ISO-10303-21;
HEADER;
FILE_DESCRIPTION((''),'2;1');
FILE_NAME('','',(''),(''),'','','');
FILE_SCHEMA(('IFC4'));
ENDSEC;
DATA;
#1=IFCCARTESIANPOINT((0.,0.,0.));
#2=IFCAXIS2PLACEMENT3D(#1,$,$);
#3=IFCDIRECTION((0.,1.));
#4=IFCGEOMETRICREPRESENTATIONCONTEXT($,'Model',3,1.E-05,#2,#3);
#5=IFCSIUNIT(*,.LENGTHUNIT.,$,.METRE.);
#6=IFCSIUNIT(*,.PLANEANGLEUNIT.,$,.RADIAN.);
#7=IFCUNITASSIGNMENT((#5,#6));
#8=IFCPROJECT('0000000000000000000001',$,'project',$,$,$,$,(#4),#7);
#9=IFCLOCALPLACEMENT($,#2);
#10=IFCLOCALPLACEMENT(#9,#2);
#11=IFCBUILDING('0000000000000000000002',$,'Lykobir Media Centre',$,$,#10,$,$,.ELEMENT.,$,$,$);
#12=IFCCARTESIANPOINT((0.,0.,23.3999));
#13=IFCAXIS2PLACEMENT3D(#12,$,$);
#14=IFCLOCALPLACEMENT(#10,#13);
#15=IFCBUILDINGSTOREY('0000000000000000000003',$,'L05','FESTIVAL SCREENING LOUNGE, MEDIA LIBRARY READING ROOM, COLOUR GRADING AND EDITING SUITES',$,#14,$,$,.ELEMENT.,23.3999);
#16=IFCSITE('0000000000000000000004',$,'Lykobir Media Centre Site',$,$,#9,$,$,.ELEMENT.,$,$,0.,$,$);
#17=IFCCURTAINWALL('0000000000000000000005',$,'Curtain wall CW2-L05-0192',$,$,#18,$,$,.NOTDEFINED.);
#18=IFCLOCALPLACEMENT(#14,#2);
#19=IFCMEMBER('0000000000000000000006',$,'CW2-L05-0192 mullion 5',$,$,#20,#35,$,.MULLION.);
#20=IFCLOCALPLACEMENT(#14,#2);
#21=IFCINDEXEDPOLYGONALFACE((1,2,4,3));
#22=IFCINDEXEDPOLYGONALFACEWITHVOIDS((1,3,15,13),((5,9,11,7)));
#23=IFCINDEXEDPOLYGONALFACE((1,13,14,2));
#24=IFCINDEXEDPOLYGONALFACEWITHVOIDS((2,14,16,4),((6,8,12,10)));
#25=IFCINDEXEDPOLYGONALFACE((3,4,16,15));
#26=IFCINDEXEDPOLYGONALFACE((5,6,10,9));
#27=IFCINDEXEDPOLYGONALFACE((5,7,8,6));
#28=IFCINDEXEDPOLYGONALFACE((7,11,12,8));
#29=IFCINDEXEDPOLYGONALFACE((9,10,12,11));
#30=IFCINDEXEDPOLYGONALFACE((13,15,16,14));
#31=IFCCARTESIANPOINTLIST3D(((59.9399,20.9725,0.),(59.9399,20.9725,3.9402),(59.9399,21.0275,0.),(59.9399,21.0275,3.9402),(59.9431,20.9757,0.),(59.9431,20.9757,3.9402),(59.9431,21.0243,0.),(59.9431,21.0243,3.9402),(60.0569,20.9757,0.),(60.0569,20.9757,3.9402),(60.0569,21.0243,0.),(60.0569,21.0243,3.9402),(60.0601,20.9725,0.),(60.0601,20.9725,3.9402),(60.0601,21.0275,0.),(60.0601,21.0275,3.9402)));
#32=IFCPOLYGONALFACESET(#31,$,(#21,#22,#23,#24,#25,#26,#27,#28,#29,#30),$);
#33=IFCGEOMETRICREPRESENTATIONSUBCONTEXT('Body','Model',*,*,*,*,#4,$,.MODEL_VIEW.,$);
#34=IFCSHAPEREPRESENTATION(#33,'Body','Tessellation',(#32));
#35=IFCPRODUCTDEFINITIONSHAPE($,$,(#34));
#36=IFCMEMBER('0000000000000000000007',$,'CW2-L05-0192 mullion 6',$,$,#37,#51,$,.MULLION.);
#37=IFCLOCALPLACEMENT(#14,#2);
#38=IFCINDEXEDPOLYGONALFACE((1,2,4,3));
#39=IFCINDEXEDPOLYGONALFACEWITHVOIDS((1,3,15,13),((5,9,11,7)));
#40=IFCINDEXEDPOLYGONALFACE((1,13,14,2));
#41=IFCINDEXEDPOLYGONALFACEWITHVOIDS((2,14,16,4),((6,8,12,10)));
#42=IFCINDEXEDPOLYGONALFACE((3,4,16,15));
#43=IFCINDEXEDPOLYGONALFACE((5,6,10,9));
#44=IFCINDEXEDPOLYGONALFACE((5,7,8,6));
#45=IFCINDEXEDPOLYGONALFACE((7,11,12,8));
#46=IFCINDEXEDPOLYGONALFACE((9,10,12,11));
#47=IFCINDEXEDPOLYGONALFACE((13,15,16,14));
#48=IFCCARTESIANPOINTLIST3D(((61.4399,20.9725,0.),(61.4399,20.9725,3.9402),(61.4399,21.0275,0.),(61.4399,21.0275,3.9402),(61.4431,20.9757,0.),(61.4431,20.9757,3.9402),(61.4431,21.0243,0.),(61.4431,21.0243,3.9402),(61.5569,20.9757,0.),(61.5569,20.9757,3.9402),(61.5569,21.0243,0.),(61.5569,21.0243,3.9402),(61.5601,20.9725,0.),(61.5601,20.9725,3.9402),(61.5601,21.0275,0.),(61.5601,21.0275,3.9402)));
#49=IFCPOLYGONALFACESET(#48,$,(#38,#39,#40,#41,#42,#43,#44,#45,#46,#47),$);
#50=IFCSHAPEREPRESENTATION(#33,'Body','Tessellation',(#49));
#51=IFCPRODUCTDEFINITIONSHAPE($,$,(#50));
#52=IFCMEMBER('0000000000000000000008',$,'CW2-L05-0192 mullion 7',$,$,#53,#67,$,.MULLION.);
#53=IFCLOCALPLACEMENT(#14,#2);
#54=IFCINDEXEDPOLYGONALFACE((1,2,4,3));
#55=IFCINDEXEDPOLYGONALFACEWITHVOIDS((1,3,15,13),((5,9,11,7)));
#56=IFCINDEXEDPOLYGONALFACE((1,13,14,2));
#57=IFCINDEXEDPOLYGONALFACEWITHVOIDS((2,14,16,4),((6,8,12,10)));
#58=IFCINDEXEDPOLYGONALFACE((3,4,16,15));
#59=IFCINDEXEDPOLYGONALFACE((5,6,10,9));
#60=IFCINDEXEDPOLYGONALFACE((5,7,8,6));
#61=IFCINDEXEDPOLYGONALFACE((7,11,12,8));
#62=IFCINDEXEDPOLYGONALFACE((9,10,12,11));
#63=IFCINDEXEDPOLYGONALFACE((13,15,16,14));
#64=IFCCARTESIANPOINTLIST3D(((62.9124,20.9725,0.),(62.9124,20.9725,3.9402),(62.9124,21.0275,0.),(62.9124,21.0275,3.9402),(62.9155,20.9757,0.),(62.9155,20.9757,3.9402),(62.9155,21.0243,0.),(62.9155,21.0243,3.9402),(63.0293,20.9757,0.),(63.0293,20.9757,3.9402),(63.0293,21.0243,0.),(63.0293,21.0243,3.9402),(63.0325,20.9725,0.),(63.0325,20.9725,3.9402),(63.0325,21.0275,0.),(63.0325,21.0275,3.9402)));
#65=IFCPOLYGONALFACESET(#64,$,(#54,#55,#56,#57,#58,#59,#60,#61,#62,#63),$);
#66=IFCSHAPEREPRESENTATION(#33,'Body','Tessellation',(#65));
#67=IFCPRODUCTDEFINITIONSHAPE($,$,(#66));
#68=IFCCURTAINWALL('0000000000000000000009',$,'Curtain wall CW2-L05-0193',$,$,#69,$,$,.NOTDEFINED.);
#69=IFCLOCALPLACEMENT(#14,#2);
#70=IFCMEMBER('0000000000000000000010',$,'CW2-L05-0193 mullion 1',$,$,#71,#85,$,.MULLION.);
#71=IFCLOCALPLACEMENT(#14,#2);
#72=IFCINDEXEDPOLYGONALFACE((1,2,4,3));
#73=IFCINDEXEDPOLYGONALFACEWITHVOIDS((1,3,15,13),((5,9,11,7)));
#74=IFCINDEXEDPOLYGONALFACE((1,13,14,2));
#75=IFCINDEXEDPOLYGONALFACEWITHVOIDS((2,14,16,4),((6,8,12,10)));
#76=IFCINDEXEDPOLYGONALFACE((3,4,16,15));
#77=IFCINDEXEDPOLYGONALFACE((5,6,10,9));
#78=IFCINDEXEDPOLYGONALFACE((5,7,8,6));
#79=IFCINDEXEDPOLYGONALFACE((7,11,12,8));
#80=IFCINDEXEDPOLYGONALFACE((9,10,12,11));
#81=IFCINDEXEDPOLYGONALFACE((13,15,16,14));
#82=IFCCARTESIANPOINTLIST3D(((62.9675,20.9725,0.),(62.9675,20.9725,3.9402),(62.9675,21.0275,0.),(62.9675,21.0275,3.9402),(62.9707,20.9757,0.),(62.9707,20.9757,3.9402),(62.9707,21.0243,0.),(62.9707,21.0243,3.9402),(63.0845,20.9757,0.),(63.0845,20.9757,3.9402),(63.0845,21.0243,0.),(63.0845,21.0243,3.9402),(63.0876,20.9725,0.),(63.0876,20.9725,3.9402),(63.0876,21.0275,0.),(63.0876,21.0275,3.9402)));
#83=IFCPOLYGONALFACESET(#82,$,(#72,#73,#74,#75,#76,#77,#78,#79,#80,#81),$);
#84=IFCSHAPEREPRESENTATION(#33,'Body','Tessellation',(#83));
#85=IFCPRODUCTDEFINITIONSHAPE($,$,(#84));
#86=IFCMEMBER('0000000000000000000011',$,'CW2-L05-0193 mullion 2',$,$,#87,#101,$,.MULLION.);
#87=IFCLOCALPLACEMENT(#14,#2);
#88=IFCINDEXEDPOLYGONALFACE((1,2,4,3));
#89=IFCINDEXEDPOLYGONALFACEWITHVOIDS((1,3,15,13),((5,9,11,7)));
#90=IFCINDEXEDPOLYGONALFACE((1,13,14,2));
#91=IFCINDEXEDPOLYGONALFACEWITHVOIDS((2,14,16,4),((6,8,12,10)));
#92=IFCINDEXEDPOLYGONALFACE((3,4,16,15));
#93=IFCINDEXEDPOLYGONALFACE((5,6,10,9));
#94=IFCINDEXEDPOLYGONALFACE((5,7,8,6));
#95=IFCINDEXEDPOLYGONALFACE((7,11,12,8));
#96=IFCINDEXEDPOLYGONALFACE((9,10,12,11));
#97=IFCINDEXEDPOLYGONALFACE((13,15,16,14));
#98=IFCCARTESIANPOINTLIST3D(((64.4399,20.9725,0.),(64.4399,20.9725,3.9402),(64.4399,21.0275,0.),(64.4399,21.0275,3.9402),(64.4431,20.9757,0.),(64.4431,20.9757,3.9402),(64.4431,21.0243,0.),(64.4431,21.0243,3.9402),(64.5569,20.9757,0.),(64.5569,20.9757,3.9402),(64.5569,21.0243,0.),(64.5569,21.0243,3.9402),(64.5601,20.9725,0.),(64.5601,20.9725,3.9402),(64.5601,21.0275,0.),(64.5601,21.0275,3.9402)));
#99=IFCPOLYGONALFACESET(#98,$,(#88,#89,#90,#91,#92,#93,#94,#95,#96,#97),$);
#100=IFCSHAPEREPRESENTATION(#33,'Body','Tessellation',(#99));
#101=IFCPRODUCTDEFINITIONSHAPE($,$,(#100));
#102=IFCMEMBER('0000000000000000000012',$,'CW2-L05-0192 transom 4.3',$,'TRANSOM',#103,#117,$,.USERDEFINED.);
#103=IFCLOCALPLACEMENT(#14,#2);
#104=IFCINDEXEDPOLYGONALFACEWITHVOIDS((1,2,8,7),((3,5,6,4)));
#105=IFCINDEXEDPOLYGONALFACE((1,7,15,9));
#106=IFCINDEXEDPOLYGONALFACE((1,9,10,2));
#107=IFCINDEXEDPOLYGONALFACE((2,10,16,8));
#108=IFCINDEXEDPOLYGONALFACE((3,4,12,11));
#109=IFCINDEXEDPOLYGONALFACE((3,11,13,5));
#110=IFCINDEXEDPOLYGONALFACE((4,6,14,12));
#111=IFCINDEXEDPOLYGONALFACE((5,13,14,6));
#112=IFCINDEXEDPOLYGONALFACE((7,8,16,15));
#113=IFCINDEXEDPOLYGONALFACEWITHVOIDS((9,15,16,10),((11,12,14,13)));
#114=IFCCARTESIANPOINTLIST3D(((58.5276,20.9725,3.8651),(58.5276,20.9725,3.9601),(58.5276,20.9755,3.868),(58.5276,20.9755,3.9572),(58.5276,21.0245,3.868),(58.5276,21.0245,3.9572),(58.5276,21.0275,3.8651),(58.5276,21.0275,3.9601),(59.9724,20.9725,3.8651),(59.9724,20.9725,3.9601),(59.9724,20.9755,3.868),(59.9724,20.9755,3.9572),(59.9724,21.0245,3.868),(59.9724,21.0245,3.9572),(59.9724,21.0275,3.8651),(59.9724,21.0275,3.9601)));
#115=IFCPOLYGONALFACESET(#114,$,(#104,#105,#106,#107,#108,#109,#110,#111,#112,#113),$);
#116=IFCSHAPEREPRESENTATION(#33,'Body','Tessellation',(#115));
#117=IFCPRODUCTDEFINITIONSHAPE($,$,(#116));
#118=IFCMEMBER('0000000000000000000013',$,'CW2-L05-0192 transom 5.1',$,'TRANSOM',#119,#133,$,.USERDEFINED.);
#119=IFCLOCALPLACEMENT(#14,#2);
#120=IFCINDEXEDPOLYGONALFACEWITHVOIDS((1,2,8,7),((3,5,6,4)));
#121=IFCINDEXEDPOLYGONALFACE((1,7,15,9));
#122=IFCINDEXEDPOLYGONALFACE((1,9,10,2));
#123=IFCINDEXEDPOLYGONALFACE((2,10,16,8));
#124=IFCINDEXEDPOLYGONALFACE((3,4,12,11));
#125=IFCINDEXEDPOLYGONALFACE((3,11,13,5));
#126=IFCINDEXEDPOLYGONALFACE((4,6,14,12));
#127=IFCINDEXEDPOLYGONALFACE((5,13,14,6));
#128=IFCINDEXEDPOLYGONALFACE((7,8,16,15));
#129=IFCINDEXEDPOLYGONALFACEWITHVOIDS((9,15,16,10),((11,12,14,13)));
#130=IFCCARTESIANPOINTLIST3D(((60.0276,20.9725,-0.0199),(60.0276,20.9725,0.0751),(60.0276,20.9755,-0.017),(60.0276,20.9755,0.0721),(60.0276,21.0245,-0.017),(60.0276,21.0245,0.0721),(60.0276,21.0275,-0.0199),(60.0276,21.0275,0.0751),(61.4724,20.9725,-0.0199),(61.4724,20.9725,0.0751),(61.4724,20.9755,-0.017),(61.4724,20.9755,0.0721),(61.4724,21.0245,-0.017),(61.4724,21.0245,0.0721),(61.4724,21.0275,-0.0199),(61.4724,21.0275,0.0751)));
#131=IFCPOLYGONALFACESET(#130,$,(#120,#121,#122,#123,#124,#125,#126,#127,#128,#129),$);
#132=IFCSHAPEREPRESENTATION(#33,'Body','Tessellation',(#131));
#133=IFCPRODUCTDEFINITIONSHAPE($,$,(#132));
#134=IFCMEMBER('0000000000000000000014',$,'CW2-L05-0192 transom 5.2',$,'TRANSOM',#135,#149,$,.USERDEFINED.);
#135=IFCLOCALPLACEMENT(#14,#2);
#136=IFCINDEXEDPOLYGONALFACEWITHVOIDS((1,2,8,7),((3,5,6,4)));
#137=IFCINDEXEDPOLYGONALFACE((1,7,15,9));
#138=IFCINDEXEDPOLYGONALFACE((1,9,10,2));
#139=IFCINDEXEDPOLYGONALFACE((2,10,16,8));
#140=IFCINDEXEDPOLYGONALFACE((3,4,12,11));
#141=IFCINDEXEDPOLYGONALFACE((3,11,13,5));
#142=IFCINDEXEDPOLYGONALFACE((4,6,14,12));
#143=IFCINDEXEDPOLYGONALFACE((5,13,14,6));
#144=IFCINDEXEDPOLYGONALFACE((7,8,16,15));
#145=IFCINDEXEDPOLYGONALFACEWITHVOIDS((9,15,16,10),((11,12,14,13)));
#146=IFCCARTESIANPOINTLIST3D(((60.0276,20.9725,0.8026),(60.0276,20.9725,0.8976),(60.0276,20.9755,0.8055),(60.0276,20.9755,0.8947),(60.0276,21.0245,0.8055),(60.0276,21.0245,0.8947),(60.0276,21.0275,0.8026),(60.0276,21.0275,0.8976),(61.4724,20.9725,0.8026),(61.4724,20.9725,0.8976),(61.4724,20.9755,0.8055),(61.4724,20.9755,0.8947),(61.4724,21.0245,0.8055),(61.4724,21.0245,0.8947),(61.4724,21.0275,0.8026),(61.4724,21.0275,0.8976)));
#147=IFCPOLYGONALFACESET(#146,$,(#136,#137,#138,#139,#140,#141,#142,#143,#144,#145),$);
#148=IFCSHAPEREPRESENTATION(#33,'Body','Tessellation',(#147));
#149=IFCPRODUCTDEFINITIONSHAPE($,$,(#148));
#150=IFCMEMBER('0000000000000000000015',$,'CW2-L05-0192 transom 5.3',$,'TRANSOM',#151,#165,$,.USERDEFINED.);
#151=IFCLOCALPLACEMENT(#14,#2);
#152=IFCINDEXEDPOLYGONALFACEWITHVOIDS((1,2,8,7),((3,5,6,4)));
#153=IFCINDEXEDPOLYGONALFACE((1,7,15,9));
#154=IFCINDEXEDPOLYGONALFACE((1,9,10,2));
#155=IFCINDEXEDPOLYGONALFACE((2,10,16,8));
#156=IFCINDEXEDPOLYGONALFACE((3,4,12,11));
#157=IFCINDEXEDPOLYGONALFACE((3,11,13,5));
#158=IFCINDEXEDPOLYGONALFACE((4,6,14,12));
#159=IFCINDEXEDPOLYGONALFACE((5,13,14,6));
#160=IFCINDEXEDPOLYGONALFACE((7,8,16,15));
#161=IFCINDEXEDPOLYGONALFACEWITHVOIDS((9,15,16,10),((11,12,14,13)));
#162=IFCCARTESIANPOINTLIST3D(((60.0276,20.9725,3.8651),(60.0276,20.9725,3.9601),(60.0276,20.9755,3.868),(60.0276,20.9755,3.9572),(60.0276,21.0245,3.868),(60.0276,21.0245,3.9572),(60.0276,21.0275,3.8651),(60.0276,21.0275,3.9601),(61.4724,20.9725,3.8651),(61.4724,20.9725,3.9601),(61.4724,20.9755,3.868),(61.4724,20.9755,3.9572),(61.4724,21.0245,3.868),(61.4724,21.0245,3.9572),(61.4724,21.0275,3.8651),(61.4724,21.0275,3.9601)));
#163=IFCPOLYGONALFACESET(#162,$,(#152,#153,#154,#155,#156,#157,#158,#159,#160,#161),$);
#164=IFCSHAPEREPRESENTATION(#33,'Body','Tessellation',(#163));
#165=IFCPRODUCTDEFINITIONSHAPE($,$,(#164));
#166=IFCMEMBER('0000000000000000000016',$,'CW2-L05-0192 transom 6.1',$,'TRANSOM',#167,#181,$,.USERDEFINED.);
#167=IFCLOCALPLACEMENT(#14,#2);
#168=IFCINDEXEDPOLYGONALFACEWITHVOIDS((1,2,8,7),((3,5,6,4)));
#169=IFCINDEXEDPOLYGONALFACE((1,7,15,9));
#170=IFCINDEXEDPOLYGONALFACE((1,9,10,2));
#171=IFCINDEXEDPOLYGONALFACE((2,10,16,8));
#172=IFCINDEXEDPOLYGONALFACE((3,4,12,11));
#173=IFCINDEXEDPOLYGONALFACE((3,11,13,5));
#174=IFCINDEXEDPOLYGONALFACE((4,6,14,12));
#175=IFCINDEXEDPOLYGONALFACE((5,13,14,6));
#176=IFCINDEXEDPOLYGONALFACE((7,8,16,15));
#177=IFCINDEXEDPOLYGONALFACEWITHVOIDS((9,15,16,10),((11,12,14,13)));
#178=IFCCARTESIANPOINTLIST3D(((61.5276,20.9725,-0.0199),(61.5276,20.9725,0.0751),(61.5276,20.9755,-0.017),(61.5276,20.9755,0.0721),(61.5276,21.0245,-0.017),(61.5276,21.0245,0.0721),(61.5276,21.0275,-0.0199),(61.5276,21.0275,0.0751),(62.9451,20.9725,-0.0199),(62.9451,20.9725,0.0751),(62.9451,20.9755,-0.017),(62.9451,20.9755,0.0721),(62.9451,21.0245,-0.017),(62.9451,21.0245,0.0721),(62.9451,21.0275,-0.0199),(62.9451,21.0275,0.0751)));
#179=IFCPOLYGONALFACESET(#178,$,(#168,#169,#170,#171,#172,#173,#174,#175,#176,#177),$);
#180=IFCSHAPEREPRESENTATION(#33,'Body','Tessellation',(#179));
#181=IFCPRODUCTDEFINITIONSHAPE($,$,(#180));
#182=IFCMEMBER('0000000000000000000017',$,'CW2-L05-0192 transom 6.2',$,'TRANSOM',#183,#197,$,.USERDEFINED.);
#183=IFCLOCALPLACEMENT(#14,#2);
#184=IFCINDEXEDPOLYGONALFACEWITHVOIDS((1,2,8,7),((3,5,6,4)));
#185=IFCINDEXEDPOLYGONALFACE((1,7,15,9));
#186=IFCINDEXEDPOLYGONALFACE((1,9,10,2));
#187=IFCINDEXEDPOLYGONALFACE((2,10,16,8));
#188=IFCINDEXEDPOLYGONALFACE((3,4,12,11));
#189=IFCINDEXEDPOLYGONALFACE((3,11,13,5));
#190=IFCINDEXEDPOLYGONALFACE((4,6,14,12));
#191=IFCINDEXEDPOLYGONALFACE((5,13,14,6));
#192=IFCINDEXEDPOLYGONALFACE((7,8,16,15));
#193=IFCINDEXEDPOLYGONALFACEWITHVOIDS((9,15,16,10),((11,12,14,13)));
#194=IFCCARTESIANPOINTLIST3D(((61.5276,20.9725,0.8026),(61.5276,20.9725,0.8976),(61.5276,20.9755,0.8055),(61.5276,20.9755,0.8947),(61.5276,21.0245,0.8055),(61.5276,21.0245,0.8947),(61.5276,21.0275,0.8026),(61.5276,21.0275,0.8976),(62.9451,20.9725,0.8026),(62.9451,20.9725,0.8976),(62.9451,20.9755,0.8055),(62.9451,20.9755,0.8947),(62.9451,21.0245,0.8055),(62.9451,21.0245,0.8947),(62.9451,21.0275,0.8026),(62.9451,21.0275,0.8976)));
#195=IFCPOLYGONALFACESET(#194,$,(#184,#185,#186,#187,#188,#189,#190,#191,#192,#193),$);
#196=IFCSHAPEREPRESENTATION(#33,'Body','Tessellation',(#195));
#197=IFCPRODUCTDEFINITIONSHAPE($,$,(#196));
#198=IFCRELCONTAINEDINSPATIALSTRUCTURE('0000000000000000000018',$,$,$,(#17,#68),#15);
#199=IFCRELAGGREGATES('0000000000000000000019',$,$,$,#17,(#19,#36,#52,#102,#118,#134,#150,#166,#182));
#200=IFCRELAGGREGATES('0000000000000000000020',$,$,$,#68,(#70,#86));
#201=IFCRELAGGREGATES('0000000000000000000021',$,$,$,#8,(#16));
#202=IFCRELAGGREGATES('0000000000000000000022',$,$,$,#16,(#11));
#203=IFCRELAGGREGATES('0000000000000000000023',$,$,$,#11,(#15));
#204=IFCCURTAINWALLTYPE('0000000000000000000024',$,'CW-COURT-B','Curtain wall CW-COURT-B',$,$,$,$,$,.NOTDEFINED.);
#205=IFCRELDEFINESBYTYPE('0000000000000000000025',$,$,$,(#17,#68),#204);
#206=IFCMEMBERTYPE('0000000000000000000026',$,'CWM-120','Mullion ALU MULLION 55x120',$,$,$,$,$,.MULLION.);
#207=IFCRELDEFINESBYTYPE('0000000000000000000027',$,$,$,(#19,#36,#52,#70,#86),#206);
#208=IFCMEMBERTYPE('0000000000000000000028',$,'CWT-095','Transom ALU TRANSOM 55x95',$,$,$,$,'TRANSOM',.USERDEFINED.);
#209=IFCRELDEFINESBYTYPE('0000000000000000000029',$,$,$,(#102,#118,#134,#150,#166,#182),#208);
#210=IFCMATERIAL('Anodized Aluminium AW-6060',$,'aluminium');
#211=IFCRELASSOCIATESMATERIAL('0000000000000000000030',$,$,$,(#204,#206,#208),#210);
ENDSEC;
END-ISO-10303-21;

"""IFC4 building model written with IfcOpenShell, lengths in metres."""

from ifc_helpers import new_model, si_unit, direction, frame, origin, origin_2d, place, context, subcontext, project, spatial, hollow_rectangle, extrude, material, material_profile, profile_set, type_object, element, aggregate, save


model = new_model("IFC4")

# Units and contexts
model_context = context("Model", 3, precision=1e-05, world=origin(), true_north=direction((0.0, 1.0)))
body_context = subcontext(model_context, "Body", "Model", "MODEL_VIEW")
ifc_project = project(units=[si_unit("LENGTHUNIT", "METRE"), si_unit("PLANEANGLEUNIT", "RADIAN")], contexts=[model_context])

# Site, building, storey
site_placement = place(None, origin())
site = spatial("IfcSite", under=ifc_project, at=site_placement, Name="Lykobir Media Centre Site", CompositionType="ELEMENT", RefElevation=0.0)
building_placement = place(site_placement, origin())
building = spatial("IfcBuilding", under=site, at=building_placement, Name="Lykobir Media Centre", CompositionType="ELEMENT")
storey_placement = place(building_placement, frame((0.0, 0.0, 23.3999)))
storey = spatial("IfcBuildingStorey", under=building, at=storey_placement, Name="L05", Description="FESTIVAL SCREENING LOUNGE, MEDIA LIBRARY READING ROOM, COLOUR GRADING AND EDITING SUITES", CompositionType="ELEMENT", Elevation=23.3999)

# Curtain walls, members
ifc_material_1 = material(Name="Anodized Aluminium AW-6060", Category="aluminium")
curtain_wall_type = type_object("IfcCurtainWallType", Name="CW-COURT-B", Description="Curtain wall CW-COURT-B", PredefinedType="NOTDEFINED", material=ifc_material_1)
curtain_wall_1_placement = place(storey_placement, origin())
curtain_wall_1 = element("IfcCurtainWall", 1, at=curtain_wall_1_placement, inside=storey, type_object=curtain_wall_type, Name="Curtain wall CW2-L05-0192", PredefinedType="NOTDEFINED")
ifc_material_profile_1 = material_profile(ifc_material_1, hollow_rectangle(XDim=0.0549, YDim=0.1201, WallThickness=0.0032, at=origin_2d()), Name="ALU MULLION 55x120")
ifc_profile_set_1 = profile_set([ifc_material_profile_1], Name="Anodized Aluminium AW-6060")
member_type_1 = type_object("IfcMemberType", Name="CWM-120", Description="Mullion ALU MULLION 55x120", PredefinedType="MULLION", material=ifc_profile_set_1)
member_1_placement = place(storey_placement, frame((60.0, 21.0, 0.0), z_axis=(0.0, 0.0, 1.0), x_axis=(0.0, 1.0, 0.0)))
member_1 = element("IfcMember", 2, at=member_1_placement, type_object=member_type_1, Name="CW2-L05-0192 mullion 5", PredefinedType="MULLION", context=body_context, shape_type="SweptSolid", body=[
    extrude(hollow_rectangle(XDim=0.0549, YDim=0.1201, WallThickness=0.0032, at=origin_2d()), origin(), (0.0, 0.0, 1.0), 3.9402),
])
member_2_placement = place(storey_placement, frame((61.5, 21.0, 0.0), z_axis=(0.0, 0.0, 1.0), x_axis=(0.0, 1.0, 0.0)))
member_2 = element("IfcMember", 3, at=member_2_placement, type_object=member_type_1, Name="CW2-L05-0192 mullion 6", PredefinedType="MULLION", context=body_context, shape_type="SweptSolid", body=[
    extrude(hollow_rectangle(XDim=0.0549, YDim=0.1201, WallThickness=0.0032, at=origin_2d()), origin(), (0.0, 0.0, 1.0), 3.9402),
])
member_3_placement = place(storey_placement, frame((62.9724, 21.0, 0.0), z_axis=(0.0, 0.0, 1.0), x_axis=(0.0, 1.0, 0.0)))
member_3 = element("IfcMember", 4, at=member_3_placement, type_object=member_type_1, Name="CW2-L05-0192 mullion 7", PredefinedType="MULLION", context=body_context, shape_type="SweptSolid", body=[
    extrude(hollow_rectangle(XDim=0.0549, YDim=0.1201, WallThickness=0.0032, at=origin_2d()), origin(), (0.0, 0.0, 1.0), 3.9402),
])
curtain_wall_2_placement = place(storey_placement, origin())
curtain_wall_2 = element("IfcCurtainWall", 5, at=curtain_wall_2_placement, inside=storey, type_object=curtain_wall_type, Name="Curtain wall CW2-L05-0193", PredefinedType="NOTDEFINED")
member_4_placement = place(storey_placement, frame((63.0276, 21.0, 0.0), z_axis=(0.0, 0.0, 1.0), x_axis=(0.0, 1.0, 0.0)))
member_4 = element("IfcMember", 6, at=member_4_placement, type_object=member_type_1, Name="CW2-L05-0193 mullion 1", PredefinedType="MULLION", context=body_context, shape_type="SweptSolid", body=[
    extrude(hollow_rectangle(XDim=0.0549, YDim=0.1201, WallThickness=0.0032, at=origin_2d()), origin(), (0.0, 0.0, 1.0), 3.9402),
])
member_5_placement = place(storey_placement, frame((64.5, 21.0, 0.0), z_axis=(0.0, 0.0, 1.0), x_axis=(0.0, 1.0, 0.0)))
member_5 = element("IfcMember", 7, at=member_5_placement, type_object=member_type_1, Name="CW2-L05-0193 mullion 2", PredefinedType="MULLION", context=body_context, shape_type="SweptSolid", body=[
    extrude(hollow_rectangle(XDim=0.0549, YDim=0.1201, WallThickness=0.0032, at=origin_2d()), origin(), (0.0, 0.0, 1.0), 3.9402),
])

# Members
ifc_material_profile_2 = material_profile(ifc_material_1, hollow_rectangle(XDim=0.0549, YDim=0.095, WallThickness=0.0029, at=origin_2d()), Name="ALU TRANSOM 55x95")
ifc_profile_set_2 = profile_set([ifc_material_profile_2], Name="Anodized Aluminium AW-6060")
member_type_2 = type_object("IfcMemberType", Name="CWT-095", Description="Transom ALU TRANSOM 55x95", ElementType="TRANSOM", PredefinedType="USERDEFINED", material=ifc_profile_set_2)
member_6_placement = place(storey_placement, frame((58.5276, 21.0, 3.9126), z_axis=(1.0, 0.0, 0.0), x_axis=(0.0, 1.0, 0.0)))
member_6 = element("IfcMember", 8, at=member_6_placement, type_object=member_type_2, Name="CW2-L05-0192 transom 4.3", ObjectType="TRANSOM", PredefinedType="USERDEFINED", context=body_context, shape_type="SweptSolid", body=[
    extrude(hollow_rectangle(XDim=0.0549, YDim=0.095, WallThickness=0.0029, at=origin_2d()), origin(), (0.0, 0.0, 1.0), 1.4448),
])
member_7_placement = place(storey_placement, frame((60.0276, 21.0, 0.0276), z_axis=(1.0, 0.0, 0.0), x_axis=(0.0, 1.0, 0.0)))
member_7 = element("IfcMember", 9, at=member_7_placement, type_object=member_type_2, Name="CW2-L05-0192 transom 5.1", ObjectType="TRANSOM", PredefinedType="USERDEFINED", context=body_context, shape_type="SweptSolid", body=[
    extrude(hollow_rectangle(XDim=0.0549, YDim=0.095, WallThickness=0.0029, at=origin_2d()), origin(), (0.0, 0.0, 1.0), 1.4448),
])
member_8_placement = place(storey_placement, frame((60.0276, 21.0, 0.8501), z_axis=(1.0, 0.0, 0.0), x_axis=(0.0, 1.0, 0.0)))
member_8 = element("IfcMember", 10, at=member_8_placement, type_object=member_type_2, Name="CW2-L05-0192 transom 5.2", ObjectType="TRANSOM", PredefinedType="USERDEFINED", context=body_context, shape_type="SweptSolid", body=[
    extrude(hollow_rectangle(XDim=0.0549, YDim=0.095, WallThickness=0.0029, at=origin_2d()), origin(), (0.0, 0.0, 1.0), 1.4448),
])
member_9_placement = place(storey_placement, frame((60.0276, 21.0, 3.9126), z_axis=(1.0, 0.0, 0.0), x_axis=(0.0, 1.0, 0.0)))
member_9 = element("IfcMember", 11, at=member_9_placement, type_object=member_type_2, Name="CW2-L05-0192 transom 5.3", ObjectType="TRANSOM", PredefinedType="USERDEFINED", context=body_context, shape_type="SweptSolid", body=[
    extrude(hollow_rectangle(XDim=0.0549, YDim=0.095, WallThickness=0.0029, at=origin_2d()), origin(), (0.0, 0.0, 1.0), 1.4448),
])
member_10_placement = place(storey_placement, frame((61.5276, 21.0, 0.0276), z_axis=(1.0, 0.0, 0.0), x_axis=(0.0, 1.0, 0.0)))
member_10 = element("IfcMember", 12, at=member_10_placement, type_object=member_type_2, Name="CW2-L05-0192 transom 6.1", ObjectType="TRANSOM", PredefinedType="USERDEFINED", context=body_context, shape_type="SweptSolid", body=[
    extrude(hollow_rectangle(XDim=0.0549, YDim=0.095, WallThickness=0.0029, at=origin_2d()), origin(), (0.0, 0.0, 1.0), 1.4175),
])
member_11_placement = place(storey_placement, frame((61.5276, 21.0, 0.8501), z_axis=(1.0, 0.0, 0.0), x_axis=(0.0, 1.0, 0.0)))
member_11 = element("IfcMember", 13, at=member_11_placement, type_object=member_type_2, Name="CW2-L05-0192 transom 6.2", ObjectType="TRANSOM", PredefinedType="USERDEFINED", context=body_context, shape_type="SweptSolid", body=[
    extrude(hollow_rectangle(XDim=0.0549, YDim=0.095, WallThickness=0.0029, at=origin_2d()), origin(), (0.0, 0.0, 1.0), 1.4175),
])

aggregate(curtain_wall_1, [member_1, member_2, member_3, member_6, member_7, member_8, member_9, member_10, member_11])
aggregate(curtain_wall_2, [member_4, member_5])

save(model, "model.ifc")
